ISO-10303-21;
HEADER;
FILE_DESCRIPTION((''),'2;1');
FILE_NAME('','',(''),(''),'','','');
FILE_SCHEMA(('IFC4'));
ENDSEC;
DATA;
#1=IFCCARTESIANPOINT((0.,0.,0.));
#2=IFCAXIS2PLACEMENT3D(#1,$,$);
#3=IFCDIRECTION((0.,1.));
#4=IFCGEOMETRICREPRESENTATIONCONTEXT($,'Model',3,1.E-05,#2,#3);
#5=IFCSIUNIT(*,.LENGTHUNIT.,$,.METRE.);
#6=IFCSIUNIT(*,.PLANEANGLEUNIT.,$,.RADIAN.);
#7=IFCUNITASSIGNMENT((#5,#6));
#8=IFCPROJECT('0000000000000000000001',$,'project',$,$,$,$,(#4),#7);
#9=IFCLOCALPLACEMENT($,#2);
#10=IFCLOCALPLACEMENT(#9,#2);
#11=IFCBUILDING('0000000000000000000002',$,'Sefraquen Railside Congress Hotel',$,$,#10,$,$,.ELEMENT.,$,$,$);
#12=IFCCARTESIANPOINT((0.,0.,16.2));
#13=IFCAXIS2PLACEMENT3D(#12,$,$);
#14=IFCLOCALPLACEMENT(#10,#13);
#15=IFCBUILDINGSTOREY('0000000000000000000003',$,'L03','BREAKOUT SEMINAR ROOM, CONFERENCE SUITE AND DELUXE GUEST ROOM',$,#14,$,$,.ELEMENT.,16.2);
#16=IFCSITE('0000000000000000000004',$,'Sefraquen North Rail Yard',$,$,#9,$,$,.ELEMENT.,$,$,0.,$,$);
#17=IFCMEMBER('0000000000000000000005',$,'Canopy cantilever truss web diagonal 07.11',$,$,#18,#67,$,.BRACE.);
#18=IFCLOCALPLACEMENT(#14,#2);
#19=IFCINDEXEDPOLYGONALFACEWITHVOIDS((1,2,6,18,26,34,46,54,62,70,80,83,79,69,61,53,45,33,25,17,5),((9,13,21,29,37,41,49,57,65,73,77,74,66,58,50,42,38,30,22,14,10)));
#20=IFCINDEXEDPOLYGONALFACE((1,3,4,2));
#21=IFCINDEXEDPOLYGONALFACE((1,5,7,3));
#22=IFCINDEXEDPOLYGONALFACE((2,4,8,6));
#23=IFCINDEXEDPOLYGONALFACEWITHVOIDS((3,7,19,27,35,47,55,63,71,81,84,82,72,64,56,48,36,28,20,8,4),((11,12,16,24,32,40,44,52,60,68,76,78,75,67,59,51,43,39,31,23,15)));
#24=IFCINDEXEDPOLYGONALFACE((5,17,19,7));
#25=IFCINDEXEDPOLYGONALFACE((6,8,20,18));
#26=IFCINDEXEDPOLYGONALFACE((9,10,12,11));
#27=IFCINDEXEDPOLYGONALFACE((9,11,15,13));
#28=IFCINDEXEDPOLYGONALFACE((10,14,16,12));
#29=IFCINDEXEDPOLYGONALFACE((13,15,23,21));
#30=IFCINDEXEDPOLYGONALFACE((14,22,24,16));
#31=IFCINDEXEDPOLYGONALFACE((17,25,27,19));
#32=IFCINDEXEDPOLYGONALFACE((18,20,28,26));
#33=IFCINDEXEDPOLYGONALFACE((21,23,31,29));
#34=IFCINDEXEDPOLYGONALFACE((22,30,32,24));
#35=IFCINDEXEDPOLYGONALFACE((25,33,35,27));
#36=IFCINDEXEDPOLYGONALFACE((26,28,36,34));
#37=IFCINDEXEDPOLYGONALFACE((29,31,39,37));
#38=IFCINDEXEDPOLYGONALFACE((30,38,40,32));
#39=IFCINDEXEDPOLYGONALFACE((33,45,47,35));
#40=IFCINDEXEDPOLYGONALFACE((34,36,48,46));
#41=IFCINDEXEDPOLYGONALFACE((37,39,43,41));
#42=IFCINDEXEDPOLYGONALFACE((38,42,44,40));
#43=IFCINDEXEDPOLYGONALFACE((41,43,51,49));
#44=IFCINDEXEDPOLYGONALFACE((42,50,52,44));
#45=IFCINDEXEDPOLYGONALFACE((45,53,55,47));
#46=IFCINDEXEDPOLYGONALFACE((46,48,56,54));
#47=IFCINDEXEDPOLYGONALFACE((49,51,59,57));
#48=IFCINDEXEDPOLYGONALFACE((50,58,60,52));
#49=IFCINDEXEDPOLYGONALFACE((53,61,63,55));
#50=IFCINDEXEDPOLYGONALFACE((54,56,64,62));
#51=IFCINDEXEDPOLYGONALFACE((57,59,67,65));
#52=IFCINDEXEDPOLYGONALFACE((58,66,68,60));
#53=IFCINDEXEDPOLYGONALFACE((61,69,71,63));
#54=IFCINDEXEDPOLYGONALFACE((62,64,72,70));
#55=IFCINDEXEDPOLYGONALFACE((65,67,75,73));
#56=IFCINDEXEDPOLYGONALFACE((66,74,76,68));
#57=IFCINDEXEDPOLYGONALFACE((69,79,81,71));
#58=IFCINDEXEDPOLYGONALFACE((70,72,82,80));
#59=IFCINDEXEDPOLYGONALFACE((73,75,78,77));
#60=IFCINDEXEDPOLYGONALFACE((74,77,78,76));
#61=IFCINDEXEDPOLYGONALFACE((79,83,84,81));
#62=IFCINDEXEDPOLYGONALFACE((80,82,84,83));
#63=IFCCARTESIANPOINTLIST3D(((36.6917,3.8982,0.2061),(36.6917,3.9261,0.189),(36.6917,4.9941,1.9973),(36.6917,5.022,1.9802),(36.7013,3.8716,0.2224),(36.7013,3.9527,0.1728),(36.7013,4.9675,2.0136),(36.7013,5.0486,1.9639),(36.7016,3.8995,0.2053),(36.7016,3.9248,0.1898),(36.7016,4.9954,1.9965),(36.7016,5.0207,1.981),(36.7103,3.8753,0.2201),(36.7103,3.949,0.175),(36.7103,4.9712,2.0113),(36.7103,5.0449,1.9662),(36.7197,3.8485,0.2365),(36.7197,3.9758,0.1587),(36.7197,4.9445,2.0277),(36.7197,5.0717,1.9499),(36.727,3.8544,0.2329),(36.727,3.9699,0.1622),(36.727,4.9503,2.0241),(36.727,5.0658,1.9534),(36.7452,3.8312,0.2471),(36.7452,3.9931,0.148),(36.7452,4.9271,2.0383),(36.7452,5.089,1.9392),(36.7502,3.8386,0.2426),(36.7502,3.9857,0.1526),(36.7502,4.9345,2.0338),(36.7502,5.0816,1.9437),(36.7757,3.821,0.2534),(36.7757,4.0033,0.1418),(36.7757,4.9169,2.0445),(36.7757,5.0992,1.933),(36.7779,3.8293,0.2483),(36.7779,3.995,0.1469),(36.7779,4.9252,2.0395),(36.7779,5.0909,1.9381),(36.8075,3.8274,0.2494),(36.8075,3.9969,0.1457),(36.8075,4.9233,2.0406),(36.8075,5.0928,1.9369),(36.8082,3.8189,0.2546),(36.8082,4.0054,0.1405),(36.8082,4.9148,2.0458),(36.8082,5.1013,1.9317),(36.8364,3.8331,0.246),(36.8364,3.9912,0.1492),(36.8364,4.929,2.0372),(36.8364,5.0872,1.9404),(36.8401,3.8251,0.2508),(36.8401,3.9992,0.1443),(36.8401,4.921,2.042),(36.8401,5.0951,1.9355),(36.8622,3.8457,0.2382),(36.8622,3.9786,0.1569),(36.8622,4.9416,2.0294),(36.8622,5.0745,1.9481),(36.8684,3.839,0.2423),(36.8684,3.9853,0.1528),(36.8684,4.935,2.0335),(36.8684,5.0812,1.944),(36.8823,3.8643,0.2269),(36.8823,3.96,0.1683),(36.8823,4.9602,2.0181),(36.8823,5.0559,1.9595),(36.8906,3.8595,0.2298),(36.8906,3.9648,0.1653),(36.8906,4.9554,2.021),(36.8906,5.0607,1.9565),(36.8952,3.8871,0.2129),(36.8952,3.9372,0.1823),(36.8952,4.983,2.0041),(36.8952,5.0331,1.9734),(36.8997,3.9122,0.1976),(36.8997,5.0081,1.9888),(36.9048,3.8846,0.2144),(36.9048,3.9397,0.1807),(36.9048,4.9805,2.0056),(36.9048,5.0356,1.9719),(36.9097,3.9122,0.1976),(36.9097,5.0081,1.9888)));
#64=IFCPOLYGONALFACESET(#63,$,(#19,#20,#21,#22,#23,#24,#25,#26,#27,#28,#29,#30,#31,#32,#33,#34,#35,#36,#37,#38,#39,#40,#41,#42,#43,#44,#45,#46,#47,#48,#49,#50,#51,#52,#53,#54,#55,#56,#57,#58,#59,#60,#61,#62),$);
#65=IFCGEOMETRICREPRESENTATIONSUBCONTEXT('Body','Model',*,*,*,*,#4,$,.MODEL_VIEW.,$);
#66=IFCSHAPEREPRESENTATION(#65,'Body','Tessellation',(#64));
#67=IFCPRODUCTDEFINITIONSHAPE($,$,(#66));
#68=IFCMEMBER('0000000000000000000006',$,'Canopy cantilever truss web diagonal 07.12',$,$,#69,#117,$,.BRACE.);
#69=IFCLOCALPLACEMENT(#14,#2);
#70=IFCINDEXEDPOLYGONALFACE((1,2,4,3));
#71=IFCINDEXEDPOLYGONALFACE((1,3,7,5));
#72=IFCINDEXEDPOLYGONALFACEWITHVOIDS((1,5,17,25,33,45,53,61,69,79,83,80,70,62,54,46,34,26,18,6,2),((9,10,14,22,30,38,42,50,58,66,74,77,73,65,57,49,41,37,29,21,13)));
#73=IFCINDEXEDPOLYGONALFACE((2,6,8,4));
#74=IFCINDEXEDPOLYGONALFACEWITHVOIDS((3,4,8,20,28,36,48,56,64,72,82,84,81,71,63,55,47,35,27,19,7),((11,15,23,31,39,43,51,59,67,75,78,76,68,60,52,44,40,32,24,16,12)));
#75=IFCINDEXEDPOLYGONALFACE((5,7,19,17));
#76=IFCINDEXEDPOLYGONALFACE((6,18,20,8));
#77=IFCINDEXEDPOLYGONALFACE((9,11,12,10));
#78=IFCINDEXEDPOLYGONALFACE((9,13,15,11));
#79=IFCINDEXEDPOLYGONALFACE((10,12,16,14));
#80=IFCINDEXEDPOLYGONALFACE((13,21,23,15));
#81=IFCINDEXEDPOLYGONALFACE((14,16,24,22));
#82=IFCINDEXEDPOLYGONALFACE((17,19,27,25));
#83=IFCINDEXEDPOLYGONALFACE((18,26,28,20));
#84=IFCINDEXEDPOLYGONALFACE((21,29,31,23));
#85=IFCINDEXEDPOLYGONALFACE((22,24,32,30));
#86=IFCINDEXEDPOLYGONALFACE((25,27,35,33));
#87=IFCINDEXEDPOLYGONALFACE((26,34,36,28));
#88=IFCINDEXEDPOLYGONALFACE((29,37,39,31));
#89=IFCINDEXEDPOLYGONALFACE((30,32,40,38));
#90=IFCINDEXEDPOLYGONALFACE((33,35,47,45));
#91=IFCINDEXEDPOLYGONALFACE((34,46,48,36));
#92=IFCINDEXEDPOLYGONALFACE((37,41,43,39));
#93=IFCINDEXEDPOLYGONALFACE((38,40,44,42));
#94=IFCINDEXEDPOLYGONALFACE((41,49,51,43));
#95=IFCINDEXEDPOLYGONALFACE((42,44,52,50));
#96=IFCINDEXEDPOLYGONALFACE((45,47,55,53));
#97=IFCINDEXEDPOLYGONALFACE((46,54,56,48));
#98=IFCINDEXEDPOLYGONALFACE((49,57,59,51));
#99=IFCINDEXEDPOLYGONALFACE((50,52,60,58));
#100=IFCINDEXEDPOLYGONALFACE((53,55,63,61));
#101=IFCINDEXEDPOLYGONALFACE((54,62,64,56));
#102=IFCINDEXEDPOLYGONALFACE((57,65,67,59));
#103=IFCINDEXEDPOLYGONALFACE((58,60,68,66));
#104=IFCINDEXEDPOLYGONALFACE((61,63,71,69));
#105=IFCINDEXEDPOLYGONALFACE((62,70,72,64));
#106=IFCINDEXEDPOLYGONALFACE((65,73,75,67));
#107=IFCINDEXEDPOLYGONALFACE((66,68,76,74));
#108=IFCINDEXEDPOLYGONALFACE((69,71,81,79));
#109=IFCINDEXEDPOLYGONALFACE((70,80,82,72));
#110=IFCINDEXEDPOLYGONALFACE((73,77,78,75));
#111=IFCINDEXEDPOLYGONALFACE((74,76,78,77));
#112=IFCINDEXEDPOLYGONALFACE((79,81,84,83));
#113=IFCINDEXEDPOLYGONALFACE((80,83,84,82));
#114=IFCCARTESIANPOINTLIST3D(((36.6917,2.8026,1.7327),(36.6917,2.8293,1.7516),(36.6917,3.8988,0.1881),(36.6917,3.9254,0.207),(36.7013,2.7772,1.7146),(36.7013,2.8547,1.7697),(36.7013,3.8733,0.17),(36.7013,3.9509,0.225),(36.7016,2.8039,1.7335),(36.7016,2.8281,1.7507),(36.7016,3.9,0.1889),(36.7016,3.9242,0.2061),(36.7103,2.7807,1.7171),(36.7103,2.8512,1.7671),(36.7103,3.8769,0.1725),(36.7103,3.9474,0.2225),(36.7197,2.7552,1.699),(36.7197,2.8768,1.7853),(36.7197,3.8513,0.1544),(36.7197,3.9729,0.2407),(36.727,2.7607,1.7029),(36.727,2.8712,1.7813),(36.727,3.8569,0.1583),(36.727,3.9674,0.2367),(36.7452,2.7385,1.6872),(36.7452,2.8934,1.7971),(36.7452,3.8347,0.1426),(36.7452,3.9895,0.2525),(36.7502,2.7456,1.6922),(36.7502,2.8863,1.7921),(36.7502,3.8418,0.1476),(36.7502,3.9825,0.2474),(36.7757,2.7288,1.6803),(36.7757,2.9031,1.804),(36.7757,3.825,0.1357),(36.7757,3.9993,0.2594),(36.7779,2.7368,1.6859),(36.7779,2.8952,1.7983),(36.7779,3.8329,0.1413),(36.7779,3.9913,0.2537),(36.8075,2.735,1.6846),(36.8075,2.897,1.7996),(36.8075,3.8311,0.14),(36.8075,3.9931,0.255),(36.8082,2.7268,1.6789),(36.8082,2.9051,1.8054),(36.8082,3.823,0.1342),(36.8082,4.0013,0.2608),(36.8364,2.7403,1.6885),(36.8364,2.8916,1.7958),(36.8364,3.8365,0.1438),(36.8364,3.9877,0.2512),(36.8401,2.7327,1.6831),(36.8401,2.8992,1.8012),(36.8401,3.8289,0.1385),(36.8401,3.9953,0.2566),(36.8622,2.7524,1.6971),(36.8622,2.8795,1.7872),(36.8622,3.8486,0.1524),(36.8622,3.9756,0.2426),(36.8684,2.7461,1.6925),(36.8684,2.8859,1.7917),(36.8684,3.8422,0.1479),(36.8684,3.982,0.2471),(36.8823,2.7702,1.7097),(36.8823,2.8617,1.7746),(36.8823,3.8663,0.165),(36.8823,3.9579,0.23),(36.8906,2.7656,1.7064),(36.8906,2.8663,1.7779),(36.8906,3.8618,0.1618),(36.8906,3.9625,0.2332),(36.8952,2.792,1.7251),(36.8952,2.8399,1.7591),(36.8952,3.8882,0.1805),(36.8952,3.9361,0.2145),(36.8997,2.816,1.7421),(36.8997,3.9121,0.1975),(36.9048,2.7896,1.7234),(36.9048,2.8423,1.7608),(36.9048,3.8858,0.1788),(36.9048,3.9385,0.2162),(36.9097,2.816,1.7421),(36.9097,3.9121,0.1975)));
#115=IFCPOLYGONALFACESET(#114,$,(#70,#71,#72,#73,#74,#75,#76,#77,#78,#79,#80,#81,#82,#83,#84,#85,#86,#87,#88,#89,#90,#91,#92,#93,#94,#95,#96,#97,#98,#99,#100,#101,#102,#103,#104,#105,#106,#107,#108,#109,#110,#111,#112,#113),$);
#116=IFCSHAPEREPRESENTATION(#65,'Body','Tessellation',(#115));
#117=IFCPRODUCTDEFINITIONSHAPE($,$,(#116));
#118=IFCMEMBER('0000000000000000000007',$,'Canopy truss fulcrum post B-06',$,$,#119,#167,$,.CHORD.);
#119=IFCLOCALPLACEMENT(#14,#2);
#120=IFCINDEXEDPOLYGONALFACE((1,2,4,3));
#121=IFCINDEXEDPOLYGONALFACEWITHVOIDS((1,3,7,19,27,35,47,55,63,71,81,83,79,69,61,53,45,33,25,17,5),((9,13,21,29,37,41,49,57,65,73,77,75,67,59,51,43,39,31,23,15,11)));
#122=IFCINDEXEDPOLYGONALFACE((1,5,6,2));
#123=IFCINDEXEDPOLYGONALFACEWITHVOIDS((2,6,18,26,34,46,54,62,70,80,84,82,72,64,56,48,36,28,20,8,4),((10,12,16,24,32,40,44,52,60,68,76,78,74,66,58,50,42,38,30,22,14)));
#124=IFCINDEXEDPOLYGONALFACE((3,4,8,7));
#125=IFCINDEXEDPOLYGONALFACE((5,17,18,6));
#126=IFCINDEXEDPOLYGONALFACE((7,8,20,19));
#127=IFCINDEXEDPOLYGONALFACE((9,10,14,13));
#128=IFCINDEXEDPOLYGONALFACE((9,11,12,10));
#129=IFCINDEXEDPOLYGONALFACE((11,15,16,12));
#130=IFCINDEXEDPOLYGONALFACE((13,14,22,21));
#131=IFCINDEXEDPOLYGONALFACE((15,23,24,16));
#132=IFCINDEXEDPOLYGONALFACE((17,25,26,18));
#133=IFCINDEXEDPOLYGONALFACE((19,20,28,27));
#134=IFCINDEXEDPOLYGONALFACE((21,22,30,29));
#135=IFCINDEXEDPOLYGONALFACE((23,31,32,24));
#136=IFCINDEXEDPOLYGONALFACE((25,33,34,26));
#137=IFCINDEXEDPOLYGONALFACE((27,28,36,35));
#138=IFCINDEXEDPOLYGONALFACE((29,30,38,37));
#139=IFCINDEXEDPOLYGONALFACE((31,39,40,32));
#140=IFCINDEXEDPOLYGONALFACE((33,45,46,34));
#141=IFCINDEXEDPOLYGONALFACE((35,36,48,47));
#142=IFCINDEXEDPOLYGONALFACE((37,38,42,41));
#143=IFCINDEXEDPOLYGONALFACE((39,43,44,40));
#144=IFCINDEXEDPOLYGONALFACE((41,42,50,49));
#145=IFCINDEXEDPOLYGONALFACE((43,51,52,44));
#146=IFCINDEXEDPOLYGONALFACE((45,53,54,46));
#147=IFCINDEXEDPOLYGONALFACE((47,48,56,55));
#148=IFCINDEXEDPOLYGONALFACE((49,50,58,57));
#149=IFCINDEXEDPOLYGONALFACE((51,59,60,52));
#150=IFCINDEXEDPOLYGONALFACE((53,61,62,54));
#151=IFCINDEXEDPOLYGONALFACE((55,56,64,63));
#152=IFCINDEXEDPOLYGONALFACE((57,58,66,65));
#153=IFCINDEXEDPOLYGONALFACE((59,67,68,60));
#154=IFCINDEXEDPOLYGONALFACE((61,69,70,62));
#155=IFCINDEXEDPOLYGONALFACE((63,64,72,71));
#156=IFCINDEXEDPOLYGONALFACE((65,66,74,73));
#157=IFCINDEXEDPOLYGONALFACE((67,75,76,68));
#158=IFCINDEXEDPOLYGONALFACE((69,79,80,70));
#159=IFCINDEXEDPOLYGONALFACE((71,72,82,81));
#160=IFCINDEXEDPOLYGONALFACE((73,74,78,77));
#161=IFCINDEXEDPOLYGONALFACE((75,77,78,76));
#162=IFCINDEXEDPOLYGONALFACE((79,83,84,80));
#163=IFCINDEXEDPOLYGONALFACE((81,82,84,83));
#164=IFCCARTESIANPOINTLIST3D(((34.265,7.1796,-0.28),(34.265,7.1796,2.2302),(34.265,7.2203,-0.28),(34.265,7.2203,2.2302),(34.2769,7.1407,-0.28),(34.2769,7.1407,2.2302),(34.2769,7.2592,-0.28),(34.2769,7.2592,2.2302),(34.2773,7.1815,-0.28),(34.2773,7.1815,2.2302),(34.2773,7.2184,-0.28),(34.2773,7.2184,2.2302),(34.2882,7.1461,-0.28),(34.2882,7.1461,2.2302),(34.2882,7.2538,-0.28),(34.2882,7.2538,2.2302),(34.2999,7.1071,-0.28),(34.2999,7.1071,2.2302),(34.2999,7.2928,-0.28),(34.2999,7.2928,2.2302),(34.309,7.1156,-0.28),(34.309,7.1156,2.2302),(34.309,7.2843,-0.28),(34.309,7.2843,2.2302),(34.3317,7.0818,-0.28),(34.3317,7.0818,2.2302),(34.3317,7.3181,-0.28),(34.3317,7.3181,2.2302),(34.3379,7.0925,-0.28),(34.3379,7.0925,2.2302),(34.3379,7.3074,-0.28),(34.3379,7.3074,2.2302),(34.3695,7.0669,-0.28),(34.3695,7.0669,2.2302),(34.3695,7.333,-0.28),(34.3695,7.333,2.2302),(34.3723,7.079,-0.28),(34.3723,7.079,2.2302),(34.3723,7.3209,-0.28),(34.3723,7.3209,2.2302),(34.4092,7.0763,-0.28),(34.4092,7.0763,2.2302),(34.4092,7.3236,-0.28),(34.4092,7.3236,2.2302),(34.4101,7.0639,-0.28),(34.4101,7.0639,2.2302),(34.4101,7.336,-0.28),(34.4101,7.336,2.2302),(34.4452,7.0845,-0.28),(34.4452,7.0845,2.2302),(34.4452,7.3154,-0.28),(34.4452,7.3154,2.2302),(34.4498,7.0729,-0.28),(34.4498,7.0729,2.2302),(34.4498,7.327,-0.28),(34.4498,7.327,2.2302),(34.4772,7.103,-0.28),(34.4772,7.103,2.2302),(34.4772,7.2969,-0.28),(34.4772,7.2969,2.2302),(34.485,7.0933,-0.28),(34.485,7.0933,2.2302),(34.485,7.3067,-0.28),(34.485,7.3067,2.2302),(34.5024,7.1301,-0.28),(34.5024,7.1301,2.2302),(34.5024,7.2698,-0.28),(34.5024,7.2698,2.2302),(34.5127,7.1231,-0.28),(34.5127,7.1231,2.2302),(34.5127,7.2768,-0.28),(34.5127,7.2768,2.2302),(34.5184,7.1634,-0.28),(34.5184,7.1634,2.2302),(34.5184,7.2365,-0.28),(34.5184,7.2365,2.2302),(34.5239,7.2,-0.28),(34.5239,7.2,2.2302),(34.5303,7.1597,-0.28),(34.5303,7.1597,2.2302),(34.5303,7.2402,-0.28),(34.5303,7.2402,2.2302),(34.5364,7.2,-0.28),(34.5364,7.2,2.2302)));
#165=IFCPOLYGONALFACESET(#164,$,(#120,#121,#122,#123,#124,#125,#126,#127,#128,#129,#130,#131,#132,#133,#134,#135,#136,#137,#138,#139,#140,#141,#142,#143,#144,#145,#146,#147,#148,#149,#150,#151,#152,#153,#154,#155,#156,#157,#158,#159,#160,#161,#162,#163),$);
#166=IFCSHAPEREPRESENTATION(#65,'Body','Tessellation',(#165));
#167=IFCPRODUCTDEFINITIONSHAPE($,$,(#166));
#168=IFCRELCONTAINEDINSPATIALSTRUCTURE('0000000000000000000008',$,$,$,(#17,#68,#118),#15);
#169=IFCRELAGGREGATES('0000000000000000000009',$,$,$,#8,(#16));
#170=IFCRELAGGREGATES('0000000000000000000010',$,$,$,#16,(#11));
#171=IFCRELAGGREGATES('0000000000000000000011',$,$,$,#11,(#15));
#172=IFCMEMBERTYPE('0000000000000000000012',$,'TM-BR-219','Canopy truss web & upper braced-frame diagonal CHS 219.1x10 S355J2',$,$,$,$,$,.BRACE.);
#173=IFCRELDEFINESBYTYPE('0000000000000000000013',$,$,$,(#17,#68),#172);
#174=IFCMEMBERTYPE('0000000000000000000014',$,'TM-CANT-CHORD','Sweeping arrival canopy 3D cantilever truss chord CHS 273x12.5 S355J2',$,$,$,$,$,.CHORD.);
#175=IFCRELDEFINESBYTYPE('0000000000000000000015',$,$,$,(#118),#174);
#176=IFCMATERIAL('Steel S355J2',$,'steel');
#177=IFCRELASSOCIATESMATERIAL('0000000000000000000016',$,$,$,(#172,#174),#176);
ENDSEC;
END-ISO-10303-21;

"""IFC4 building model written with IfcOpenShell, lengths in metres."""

from ifc_helpers import new_model, si_unit, direction, frame, origin, origin_2d, place, context, subcontext, project, spatial, hollow_circle, extrude, material, material_profile, profile_set, type_object, element, save


model = new_model("IFC4")

# Units and contexts
model_context = context("Model", 3, precision=1e-05, world=origin(), true_north=direction((0.0, 1.0)))
body_context = subcontext(model_context, "Body", "Model", "MODEL_VIEW")
ifc_project = project(units=[si_unit("LENGTHUNIT", "METRE"), si_unit("PLANEANGLEUNIT", "RADIAN")], contexts=[model_context])

# Site, building, storey
site_placement = place(None, origin())
site = spatial("IfcSite", under=ifc_project, at=site_placement, Name="Sefraquen North Rail Yard", CompositionType="ELEMENT", RefElevation=0.0)
building_placement = place(site_placement, origin())
building = spatial("IfcBuilding", under=site, at=building_placement, Name="Sefraquen Railside Congress Hotel", CompositionType="ELEMENT")
storey_placement = place(building_placement, frame((0.0, 0.0, 16.2)))
storey = spatial("IfcBuildingStorey", under=building, at=storey_placement, Name="L03", Description="BREAKOUT SEMINAR ROOM, CONFERENCE SUITE AND DELUXE GUEST ROOM", CompositionType="ELEMENT", Elevation=16.2)

# Members
ifc_material_1 = material(Name="Steel S355J2", Category="steel")
ifc_material_profile_1 = material_profile(ifc_material_1, hollow_circle(Radius=0.1096, WallThickness=0.01, at=origin_2d()), Name="CHS 219.1x10")
ifc_profile_set_1 = profile_set([ifc_material_profile_1], Name="Steel S355J2")
member_type_1 = type_object("IfcMemberType", Name="TM-BR-219", Description="Canopy truss web & upper braced-frame diagonal CHS 219.1x10 S355J2", PredefinedType="BRACE", material=ifc_profile_set_1)
member_1_placement = place(storey_placement, frame((36.8, 5.0081, 1.9888), z_axis=(0.0, -0.521897, -0.853009), x_axis=(1.0, 0.0, 0.0)))
element("IfcMember", 1, at=member_1_placement, inside=storey, type_object=member_type_1, Name="Canopy cantilever truss web diagonal 07.11", PredefinedType="BRACE", context=body_context, shape_type="SweptSolid", body=[
    extrude(hollow_circle(Radius=0.1096, WallThickness=0.01, at=origin_2d()), origin(), (0.0, 0.0, 1.0), 2.0999),
])
member_2_placement = place(storey_placement, frame((36.8, 3.9121, 0.1975), z_axis=(0.0, -0.578736, 0.815515), x_axis=(1.0, 0.0, 0.0)))
element("IfcMember", 2, at=member_2_placement, inside=storey, type_object=member_type_1, Name="Canopy cantilever truss web diagonal 07.12", PredefinedType="BRACE", context=body_context, shape_type="SweptSolid", body=[
    extrude(hollow_circle(Radius=0.1096, WallThickness=0.01, at=origin_2d()), origin(), (0.0, 0.0, 1.0), 1.894),
])
ifc_material_profile_2 = material_profile(ifc_material_1, hollow_circle(Radius=0.1365, WallThickness=0.0125, at=origin_2d()), Name="CHS 273x12.5")
ifc_profile_set_2 = profile_set([ifc_material_profile_2], Name="Steel S355J2")
member_type_2 = type_object("IfcMemberType", Name="TM-CANT-CHORD", Description="Sweeping arrival canopy 3D cantilever truss chord CHS 273x12.5 S355J2", PredefinedType="CHORD", material=ifc_profile_set_2)
member_3_placement = place(storey_placement, frame((34.3999, 7.2, -0.28), z_axis=(0.0, 0.0, 1.0), x_axis=(1.0, 0.0, 0.0)))
element("IfcMember", 3, at=member_3_placement, inside=storey, type_object=member_type_2, Name="Canopy truss fulcrum post B-06", PredefinedType="CHORD", context=body_context, shape_type="SweptSolid", body=[
    extrude(hollow_circle(Radius=0.1365, WallThickness=0.0125, at=origin_2d()), origin(), (0.0, 0.0, 1.0), 2.5103),
])

save(model, "model.ifc")
